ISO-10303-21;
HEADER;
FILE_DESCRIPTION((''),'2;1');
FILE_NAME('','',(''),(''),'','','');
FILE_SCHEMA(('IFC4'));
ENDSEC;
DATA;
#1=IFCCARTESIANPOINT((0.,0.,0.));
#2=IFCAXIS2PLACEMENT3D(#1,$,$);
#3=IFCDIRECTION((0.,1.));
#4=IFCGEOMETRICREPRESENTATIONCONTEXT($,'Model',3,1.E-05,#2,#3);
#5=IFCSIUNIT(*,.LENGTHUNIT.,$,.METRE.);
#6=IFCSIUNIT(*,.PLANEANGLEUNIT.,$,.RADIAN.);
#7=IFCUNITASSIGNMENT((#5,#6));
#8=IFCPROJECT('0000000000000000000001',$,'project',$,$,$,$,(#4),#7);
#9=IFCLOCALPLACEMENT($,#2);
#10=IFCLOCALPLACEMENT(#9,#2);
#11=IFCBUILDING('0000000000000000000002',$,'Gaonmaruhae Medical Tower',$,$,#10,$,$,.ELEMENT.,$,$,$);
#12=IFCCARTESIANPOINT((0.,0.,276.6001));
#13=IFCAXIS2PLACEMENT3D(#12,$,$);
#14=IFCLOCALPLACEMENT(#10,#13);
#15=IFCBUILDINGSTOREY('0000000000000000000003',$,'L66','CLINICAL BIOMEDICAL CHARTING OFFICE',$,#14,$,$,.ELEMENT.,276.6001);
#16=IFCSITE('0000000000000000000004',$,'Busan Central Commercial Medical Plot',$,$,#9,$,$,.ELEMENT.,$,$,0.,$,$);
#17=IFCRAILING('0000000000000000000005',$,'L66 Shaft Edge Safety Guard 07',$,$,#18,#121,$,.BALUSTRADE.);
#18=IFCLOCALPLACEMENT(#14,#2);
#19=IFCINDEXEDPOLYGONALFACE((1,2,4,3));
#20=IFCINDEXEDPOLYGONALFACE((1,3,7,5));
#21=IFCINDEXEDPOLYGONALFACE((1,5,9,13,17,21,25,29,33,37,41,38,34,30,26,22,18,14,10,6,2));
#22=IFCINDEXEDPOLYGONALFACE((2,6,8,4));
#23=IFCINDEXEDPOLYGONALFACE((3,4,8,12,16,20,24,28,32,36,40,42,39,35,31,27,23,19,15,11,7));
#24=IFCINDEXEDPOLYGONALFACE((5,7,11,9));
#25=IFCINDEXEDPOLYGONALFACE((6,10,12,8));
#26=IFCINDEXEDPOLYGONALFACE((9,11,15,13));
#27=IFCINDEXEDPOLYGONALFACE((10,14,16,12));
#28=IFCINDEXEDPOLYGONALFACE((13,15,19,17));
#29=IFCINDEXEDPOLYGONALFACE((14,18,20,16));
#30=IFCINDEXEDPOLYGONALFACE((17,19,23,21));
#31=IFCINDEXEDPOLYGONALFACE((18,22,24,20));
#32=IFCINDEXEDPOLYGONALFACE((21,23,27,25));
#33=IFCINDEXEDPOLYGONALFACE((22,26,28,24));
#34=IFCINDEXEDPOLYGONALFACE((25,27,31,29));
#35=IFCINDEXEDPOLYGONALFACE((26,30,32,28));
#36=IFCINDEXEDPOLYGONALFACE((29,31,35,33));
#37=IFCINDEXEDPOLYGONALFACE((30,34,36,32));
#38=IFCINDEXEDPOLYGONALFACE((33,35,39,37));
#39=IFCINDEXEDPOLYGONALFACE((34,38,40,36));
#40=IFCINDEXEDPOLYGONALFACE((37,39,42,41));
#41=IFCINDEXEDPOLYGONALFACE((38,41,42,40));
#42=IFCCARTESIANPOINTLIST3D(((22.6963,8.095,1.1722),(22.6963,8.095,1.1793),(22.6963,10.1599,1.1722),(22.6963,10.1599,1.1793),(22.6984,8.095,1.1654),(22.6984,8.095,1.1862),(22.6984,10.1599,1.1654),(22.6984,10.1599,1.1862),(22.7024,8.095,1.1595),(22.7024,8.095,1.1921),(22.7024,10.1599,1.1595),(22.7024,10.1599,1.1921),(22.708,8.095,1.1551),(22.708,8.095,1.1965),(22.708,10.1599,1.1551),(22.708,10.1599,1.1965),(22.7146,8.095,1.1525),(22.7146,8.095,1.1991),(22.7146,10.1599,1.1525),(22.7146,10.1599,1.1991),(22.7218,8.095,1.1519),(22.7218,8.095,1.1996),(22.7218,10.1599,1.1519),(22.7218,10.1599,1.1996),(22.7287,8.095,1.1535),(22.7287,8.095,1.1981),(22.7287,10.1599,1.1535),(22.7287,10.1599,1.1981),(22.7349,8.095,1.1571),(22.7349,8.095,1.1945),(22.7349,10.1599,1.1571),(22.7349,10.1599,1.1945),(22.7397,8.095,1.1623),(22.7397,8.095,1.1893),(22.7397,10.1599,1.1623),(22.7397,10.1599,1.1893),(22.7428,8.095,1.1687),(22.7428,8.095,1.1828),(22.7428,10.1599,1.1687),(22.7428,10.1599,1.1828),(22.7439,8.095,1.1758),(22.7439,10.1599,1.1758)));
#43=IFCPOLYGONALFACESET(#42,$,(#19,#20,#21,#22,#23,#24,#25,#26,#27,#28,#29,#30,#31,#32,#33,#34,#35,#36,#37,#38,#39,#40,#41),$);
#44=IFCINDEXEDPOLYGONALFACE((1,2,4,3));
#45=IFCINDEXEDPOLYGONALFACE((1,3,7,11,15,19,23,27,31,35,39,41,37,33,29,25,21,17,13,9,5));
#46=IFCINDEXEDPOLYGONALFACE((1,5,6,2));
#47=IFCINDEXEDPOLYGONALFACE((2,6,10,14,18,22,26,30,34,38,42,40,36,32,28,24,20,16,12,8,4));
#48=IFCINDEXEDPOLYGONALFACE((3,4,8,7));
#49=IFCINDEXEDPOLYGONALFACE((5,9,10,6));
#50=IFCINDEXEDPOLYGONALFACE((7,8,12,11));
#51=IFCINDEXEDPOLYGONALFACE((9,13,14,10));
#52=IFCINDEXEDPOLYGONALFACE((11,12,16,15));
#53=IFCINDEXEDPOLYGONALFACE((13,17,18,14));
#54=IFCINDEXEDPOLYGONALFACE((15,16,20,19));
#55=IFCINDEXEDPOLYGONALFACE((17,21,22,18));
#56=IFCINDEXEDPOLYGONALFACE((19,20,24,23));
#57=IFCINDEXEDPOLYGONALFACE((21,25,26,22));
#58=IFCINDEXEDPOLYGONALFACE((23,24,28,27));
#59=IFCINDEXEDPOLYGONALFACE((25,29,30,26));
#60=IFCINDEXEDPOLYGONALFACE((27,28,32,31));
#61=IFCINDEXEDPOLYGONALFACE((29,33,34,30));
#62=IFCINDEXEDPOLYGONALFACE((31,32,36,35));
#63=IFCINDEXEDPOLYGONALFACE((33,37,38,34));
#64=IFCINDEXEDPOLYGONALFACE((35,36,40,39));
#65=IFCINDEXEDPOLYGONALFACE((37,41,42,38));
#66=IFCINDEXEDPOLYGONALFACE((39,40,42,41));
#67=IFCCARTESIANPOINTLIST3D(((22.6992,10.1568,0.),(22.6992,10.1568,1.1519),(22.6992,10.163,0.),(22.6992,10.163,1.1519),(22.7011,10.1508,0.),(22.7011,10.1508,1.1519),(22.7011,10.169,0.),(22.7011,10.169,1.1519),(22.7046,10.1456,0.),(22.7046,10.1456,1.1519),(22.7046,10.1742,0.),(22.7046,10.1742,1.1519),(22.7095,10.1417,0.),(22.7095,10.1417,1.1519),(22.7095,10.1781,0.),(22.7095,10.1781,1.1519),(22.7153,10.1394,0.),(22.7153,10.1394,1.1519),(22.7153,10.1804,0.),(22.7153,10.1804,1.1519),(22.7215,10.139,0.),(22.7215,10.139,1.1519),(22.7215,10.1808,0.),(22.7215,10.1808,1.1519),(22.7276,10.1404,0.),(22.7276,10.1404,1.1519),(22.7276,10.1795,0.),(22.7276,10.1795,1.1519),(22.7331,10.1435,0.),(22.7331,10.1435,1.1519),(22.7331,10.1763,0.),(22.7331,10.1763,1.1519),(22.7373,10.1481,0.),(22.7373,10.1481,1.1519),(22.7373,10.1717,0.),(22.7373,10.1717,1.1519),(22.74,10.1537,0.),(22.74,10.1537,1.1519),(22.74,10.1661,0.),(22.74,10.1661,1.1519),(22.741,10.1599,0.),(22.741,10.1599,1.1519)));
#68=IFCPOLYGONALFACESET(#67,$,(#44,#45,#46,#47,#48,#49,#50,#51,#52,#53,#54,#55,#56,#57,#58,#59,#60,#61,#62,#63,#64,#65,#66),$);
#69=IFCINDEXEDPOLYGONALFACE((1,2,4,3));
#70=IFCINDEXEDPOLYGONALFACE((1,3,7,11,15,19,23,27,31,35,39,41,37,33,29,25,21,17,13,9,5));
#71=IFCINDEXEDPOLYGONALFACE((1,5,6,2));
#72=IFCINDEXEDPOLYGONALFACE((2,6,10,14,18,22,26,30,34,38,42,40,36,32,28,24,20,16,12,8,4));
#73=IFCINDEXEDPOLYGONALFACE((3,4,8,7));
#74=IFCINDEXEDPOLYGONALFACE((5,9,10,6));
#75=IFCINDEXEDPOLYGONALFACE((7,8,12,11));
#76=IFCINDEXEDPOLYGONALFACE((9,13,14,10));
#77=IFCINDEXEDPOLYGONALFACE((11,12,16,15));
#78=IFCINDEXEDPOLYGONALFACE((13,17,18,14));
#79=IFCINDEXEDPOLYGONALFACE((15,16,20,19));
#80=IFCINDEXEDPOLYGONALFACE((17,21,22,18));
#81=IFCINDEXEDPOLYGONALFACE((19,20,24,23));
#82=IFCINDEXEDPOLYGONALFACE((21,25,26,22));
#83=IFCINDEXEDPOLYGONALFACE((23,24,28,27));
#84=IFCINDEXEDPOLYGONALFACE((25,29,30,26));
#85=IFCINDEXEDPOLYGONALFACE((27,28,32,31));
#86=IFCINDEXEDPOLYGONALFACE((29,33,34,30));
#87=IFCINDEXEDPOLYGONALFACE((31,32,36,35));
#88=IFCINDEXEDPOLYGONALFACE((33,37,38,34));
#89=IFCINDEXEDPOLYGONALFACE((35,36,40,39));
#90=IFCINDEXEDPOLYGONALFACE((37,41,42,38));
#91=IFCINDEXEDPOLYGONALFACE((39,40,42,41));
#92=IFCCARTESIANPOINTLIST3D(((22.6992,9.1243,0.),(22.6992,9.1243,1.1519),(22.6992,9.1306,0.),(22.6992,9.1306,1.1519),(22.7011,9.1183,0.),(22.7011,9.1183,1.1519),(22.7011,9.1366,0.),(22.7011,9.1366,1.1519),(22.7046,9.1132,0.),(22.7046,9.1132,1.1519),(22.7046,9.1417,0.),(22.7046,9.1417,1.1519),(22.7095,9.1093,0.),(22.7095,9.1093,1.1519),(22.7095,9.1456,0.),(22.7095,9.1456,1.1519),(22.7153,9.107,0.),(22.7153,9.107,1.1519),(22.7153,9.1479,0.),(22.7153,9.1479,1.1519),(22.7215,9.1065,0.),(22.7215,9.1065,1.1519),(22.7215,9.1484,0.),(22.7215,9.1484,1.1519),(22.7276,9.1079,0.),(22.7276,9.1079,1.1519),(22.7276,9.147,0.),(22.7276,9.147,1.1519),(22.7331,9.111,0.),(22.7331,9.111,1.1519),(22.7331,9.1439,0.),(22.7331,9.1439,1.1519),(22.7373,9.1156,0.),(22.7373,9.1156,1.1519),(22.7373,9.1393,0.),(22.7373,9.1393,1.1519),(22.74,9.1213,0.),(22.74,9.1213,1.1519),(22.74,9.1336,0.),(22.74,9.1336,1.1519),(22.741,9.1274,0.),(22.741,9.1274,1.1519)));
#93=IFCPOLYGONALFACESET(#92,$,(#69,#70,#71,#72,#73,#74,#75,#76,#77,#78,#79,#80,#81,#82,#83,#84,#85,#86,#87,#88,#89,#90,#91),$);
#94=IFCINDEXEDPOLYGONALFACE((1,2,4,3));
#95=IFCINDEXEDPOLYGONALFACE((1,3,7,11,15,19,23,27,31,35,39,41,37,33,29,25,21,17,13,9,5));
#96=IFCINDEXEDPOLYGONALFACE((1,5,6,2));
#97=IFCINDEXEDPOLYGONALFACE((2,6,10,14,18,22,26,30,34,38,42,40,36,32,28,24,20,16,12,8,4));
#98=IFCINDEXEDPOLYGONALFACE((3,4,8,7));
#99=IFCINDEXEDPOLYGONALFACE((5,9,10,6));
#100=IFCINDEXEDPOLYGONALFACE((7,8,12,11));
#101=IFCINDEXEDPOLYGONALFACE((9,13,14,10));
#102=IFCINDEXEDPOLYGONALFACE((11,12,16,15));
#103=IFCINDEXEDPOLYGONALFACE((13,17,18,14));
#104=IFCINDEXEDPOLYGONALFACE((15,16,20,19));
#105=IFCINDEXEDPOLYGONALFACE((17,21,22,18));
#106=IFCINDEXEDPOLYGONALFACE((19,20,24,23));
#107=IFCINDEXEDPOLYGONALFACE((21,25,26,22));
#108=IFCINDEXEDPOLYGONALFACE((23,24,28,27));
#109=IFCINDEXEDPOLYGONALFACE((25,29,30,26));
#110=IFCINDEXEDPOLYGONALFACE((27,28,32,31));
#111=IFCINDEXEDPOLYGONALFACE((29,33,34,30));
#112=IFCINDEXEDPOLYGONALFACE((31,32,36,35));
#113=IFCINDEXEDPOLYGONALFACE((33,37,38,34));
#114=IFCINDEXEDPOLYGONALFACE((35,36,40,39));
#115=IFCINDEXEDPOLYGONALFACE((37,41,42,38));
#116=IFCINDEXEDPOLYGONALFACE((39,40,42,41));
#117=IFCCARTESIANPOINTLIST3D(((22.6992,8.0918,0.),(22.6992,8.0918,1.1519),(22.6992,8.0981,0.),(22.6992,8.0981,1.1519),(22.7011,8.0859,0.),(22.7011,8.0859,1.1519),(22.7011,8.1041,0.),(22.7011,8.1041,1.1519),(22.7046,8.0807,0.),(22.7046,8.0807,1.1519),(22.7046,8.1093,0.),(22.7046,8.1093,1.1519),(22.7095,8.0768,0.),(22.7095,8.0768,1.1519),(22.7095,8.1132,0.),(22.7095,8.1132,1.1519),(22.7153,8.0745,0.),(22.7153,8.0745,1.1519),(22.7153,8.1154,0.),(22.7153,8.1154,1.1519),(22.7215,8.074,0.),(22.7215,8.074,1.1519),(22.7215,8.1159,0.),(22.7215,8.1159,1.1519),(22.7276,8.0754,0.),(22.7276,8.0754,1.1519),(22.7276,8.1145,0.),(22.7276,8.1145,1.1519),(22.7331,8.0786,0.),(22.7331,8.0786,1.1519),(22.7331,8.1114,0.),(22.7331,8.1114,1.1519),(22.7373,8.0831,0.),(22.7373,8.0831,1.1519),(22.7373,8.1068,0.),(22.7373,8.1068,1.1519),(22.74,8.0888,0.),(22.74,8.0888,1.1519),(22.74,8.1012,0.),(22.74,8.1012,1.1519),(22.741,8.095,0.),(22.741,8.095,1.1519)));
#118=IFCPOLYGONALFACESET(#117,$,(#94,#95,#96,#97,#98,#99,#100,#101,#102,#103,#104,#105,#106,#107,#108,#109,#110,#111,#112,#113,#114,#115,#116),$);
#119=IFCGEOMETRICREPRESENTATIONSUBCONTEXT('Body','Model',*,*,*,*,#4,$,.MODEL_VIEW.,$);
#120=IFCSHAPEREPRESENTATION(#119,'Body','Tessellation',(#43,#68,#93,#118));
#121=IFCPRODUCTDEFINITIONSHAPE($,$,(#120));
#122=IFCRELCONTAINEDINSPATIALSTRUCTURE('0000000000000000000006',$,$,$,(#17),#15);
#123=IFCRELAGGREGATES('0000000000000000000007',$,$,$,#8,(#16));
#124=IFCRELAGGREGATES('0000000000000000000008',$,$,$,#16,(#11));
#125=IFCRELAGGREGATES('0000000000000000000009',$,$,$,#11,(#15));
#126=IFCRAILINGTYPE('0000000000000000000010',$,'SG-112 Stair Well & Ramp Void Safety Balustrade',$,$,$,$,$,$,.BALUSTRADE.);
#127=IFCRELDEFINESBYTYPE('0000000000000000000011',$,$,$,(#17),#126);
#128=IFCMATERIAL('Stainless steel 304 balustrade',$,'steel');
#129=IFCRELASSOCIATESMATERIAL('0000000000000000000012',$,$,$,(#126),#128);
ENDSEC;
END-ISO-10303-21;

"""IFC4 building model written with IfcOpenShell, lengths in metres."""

from ifc_helpers import new_model, si_unit, direction, frame, origin, origin_2d, place, context, subcontext, project, spatial, circle, extrude, material, type_object, element, save


model = new_model("IFC4")

# Units and contexts
model_context = context("Model", 3, precision=1e-05, world=origin(), true_north=direction((0.0, 1.0)))
body_context = subcontext(model_context, "Body", "Model", "MODEL_VIEW")
ifc_project = project(units=[si_unit("LENGTHUNIT", "METRE"), si_unit("PLANEANGLEUNIT", "RADIAN")], contexts=[model_context])

# Site, building, storey
site_placement = place(None, origin())
site = spatial("IfcSite", under=ifc_project, at=site_placement, Name="Busan Central Commercial Medical Plot", CompositionType="ELEMENT", RefElevation=0.0)
building_placement = place(site_placement, origin())
building = spatial("IfcBuilding", under=site, at=building_placement, Name="Gaonmaruhae Medical Tower", CompositionType="ELEMENT")
storey_placement = place(building_placement, frame((0.0, 0.0, 276.6001)))
storey = spatial("IfcBuildingStorey", under=building, at=storey_placement, Name="L66", Description="CLINICAL BIOMEDICAL CHARTING OFFICE", CompositionType="ELEMENT", Elevation=276.6001)

# Railing
ifc_material_1 = material(Name="Stainless steel 304 balustrade", Category="steel")
railing_type_1 = type_object("IfcRailingType", Name="SG-112 Stair Well & Ramp Void Safety Balustrade", PredefinedType="BALUSTRADE", material=ifc_material_1)
railing_1_placement = place(storey_placement, frame((22.72, 10.1599, 0.0)))
element("IfcRailing", 1, at=railing_1_placement, inside=storey, type_object=railing_type_1, Name="L66 Shaft Edge Safety Guard 07", PredefinedType="BALUSTRADE", context=body_context, shape_type="SweptSolid", body=[
    extrude(circle(Radius=0.0239, at=origin_2d()), frame((0.0, 0.0, 1.1758), z_axis=(0.0, -1.0, 0.0), x_axis=(1.0, 0.0, 0.0)), (0.0, 0.0, 1.0), 2.0649),
    extrude(circle(Radius=0.021, at=origin_2d()), origin(), (0.0, 0.0, 1.0), 1.1519),
    extrude(circle(Radius=0.021, at=origin_2d()), frame((0.0, -1.0325, 0.0)), (0.0, 0.0, 1.0), 1.1519),
    extrude(circle(Radius=0.021, at=origin_2d()), frame((0.0, -2.0649, 0.0)), (0.0, 0.0, 1.0), 1.1519),
])

save(model, "model.ifc")
